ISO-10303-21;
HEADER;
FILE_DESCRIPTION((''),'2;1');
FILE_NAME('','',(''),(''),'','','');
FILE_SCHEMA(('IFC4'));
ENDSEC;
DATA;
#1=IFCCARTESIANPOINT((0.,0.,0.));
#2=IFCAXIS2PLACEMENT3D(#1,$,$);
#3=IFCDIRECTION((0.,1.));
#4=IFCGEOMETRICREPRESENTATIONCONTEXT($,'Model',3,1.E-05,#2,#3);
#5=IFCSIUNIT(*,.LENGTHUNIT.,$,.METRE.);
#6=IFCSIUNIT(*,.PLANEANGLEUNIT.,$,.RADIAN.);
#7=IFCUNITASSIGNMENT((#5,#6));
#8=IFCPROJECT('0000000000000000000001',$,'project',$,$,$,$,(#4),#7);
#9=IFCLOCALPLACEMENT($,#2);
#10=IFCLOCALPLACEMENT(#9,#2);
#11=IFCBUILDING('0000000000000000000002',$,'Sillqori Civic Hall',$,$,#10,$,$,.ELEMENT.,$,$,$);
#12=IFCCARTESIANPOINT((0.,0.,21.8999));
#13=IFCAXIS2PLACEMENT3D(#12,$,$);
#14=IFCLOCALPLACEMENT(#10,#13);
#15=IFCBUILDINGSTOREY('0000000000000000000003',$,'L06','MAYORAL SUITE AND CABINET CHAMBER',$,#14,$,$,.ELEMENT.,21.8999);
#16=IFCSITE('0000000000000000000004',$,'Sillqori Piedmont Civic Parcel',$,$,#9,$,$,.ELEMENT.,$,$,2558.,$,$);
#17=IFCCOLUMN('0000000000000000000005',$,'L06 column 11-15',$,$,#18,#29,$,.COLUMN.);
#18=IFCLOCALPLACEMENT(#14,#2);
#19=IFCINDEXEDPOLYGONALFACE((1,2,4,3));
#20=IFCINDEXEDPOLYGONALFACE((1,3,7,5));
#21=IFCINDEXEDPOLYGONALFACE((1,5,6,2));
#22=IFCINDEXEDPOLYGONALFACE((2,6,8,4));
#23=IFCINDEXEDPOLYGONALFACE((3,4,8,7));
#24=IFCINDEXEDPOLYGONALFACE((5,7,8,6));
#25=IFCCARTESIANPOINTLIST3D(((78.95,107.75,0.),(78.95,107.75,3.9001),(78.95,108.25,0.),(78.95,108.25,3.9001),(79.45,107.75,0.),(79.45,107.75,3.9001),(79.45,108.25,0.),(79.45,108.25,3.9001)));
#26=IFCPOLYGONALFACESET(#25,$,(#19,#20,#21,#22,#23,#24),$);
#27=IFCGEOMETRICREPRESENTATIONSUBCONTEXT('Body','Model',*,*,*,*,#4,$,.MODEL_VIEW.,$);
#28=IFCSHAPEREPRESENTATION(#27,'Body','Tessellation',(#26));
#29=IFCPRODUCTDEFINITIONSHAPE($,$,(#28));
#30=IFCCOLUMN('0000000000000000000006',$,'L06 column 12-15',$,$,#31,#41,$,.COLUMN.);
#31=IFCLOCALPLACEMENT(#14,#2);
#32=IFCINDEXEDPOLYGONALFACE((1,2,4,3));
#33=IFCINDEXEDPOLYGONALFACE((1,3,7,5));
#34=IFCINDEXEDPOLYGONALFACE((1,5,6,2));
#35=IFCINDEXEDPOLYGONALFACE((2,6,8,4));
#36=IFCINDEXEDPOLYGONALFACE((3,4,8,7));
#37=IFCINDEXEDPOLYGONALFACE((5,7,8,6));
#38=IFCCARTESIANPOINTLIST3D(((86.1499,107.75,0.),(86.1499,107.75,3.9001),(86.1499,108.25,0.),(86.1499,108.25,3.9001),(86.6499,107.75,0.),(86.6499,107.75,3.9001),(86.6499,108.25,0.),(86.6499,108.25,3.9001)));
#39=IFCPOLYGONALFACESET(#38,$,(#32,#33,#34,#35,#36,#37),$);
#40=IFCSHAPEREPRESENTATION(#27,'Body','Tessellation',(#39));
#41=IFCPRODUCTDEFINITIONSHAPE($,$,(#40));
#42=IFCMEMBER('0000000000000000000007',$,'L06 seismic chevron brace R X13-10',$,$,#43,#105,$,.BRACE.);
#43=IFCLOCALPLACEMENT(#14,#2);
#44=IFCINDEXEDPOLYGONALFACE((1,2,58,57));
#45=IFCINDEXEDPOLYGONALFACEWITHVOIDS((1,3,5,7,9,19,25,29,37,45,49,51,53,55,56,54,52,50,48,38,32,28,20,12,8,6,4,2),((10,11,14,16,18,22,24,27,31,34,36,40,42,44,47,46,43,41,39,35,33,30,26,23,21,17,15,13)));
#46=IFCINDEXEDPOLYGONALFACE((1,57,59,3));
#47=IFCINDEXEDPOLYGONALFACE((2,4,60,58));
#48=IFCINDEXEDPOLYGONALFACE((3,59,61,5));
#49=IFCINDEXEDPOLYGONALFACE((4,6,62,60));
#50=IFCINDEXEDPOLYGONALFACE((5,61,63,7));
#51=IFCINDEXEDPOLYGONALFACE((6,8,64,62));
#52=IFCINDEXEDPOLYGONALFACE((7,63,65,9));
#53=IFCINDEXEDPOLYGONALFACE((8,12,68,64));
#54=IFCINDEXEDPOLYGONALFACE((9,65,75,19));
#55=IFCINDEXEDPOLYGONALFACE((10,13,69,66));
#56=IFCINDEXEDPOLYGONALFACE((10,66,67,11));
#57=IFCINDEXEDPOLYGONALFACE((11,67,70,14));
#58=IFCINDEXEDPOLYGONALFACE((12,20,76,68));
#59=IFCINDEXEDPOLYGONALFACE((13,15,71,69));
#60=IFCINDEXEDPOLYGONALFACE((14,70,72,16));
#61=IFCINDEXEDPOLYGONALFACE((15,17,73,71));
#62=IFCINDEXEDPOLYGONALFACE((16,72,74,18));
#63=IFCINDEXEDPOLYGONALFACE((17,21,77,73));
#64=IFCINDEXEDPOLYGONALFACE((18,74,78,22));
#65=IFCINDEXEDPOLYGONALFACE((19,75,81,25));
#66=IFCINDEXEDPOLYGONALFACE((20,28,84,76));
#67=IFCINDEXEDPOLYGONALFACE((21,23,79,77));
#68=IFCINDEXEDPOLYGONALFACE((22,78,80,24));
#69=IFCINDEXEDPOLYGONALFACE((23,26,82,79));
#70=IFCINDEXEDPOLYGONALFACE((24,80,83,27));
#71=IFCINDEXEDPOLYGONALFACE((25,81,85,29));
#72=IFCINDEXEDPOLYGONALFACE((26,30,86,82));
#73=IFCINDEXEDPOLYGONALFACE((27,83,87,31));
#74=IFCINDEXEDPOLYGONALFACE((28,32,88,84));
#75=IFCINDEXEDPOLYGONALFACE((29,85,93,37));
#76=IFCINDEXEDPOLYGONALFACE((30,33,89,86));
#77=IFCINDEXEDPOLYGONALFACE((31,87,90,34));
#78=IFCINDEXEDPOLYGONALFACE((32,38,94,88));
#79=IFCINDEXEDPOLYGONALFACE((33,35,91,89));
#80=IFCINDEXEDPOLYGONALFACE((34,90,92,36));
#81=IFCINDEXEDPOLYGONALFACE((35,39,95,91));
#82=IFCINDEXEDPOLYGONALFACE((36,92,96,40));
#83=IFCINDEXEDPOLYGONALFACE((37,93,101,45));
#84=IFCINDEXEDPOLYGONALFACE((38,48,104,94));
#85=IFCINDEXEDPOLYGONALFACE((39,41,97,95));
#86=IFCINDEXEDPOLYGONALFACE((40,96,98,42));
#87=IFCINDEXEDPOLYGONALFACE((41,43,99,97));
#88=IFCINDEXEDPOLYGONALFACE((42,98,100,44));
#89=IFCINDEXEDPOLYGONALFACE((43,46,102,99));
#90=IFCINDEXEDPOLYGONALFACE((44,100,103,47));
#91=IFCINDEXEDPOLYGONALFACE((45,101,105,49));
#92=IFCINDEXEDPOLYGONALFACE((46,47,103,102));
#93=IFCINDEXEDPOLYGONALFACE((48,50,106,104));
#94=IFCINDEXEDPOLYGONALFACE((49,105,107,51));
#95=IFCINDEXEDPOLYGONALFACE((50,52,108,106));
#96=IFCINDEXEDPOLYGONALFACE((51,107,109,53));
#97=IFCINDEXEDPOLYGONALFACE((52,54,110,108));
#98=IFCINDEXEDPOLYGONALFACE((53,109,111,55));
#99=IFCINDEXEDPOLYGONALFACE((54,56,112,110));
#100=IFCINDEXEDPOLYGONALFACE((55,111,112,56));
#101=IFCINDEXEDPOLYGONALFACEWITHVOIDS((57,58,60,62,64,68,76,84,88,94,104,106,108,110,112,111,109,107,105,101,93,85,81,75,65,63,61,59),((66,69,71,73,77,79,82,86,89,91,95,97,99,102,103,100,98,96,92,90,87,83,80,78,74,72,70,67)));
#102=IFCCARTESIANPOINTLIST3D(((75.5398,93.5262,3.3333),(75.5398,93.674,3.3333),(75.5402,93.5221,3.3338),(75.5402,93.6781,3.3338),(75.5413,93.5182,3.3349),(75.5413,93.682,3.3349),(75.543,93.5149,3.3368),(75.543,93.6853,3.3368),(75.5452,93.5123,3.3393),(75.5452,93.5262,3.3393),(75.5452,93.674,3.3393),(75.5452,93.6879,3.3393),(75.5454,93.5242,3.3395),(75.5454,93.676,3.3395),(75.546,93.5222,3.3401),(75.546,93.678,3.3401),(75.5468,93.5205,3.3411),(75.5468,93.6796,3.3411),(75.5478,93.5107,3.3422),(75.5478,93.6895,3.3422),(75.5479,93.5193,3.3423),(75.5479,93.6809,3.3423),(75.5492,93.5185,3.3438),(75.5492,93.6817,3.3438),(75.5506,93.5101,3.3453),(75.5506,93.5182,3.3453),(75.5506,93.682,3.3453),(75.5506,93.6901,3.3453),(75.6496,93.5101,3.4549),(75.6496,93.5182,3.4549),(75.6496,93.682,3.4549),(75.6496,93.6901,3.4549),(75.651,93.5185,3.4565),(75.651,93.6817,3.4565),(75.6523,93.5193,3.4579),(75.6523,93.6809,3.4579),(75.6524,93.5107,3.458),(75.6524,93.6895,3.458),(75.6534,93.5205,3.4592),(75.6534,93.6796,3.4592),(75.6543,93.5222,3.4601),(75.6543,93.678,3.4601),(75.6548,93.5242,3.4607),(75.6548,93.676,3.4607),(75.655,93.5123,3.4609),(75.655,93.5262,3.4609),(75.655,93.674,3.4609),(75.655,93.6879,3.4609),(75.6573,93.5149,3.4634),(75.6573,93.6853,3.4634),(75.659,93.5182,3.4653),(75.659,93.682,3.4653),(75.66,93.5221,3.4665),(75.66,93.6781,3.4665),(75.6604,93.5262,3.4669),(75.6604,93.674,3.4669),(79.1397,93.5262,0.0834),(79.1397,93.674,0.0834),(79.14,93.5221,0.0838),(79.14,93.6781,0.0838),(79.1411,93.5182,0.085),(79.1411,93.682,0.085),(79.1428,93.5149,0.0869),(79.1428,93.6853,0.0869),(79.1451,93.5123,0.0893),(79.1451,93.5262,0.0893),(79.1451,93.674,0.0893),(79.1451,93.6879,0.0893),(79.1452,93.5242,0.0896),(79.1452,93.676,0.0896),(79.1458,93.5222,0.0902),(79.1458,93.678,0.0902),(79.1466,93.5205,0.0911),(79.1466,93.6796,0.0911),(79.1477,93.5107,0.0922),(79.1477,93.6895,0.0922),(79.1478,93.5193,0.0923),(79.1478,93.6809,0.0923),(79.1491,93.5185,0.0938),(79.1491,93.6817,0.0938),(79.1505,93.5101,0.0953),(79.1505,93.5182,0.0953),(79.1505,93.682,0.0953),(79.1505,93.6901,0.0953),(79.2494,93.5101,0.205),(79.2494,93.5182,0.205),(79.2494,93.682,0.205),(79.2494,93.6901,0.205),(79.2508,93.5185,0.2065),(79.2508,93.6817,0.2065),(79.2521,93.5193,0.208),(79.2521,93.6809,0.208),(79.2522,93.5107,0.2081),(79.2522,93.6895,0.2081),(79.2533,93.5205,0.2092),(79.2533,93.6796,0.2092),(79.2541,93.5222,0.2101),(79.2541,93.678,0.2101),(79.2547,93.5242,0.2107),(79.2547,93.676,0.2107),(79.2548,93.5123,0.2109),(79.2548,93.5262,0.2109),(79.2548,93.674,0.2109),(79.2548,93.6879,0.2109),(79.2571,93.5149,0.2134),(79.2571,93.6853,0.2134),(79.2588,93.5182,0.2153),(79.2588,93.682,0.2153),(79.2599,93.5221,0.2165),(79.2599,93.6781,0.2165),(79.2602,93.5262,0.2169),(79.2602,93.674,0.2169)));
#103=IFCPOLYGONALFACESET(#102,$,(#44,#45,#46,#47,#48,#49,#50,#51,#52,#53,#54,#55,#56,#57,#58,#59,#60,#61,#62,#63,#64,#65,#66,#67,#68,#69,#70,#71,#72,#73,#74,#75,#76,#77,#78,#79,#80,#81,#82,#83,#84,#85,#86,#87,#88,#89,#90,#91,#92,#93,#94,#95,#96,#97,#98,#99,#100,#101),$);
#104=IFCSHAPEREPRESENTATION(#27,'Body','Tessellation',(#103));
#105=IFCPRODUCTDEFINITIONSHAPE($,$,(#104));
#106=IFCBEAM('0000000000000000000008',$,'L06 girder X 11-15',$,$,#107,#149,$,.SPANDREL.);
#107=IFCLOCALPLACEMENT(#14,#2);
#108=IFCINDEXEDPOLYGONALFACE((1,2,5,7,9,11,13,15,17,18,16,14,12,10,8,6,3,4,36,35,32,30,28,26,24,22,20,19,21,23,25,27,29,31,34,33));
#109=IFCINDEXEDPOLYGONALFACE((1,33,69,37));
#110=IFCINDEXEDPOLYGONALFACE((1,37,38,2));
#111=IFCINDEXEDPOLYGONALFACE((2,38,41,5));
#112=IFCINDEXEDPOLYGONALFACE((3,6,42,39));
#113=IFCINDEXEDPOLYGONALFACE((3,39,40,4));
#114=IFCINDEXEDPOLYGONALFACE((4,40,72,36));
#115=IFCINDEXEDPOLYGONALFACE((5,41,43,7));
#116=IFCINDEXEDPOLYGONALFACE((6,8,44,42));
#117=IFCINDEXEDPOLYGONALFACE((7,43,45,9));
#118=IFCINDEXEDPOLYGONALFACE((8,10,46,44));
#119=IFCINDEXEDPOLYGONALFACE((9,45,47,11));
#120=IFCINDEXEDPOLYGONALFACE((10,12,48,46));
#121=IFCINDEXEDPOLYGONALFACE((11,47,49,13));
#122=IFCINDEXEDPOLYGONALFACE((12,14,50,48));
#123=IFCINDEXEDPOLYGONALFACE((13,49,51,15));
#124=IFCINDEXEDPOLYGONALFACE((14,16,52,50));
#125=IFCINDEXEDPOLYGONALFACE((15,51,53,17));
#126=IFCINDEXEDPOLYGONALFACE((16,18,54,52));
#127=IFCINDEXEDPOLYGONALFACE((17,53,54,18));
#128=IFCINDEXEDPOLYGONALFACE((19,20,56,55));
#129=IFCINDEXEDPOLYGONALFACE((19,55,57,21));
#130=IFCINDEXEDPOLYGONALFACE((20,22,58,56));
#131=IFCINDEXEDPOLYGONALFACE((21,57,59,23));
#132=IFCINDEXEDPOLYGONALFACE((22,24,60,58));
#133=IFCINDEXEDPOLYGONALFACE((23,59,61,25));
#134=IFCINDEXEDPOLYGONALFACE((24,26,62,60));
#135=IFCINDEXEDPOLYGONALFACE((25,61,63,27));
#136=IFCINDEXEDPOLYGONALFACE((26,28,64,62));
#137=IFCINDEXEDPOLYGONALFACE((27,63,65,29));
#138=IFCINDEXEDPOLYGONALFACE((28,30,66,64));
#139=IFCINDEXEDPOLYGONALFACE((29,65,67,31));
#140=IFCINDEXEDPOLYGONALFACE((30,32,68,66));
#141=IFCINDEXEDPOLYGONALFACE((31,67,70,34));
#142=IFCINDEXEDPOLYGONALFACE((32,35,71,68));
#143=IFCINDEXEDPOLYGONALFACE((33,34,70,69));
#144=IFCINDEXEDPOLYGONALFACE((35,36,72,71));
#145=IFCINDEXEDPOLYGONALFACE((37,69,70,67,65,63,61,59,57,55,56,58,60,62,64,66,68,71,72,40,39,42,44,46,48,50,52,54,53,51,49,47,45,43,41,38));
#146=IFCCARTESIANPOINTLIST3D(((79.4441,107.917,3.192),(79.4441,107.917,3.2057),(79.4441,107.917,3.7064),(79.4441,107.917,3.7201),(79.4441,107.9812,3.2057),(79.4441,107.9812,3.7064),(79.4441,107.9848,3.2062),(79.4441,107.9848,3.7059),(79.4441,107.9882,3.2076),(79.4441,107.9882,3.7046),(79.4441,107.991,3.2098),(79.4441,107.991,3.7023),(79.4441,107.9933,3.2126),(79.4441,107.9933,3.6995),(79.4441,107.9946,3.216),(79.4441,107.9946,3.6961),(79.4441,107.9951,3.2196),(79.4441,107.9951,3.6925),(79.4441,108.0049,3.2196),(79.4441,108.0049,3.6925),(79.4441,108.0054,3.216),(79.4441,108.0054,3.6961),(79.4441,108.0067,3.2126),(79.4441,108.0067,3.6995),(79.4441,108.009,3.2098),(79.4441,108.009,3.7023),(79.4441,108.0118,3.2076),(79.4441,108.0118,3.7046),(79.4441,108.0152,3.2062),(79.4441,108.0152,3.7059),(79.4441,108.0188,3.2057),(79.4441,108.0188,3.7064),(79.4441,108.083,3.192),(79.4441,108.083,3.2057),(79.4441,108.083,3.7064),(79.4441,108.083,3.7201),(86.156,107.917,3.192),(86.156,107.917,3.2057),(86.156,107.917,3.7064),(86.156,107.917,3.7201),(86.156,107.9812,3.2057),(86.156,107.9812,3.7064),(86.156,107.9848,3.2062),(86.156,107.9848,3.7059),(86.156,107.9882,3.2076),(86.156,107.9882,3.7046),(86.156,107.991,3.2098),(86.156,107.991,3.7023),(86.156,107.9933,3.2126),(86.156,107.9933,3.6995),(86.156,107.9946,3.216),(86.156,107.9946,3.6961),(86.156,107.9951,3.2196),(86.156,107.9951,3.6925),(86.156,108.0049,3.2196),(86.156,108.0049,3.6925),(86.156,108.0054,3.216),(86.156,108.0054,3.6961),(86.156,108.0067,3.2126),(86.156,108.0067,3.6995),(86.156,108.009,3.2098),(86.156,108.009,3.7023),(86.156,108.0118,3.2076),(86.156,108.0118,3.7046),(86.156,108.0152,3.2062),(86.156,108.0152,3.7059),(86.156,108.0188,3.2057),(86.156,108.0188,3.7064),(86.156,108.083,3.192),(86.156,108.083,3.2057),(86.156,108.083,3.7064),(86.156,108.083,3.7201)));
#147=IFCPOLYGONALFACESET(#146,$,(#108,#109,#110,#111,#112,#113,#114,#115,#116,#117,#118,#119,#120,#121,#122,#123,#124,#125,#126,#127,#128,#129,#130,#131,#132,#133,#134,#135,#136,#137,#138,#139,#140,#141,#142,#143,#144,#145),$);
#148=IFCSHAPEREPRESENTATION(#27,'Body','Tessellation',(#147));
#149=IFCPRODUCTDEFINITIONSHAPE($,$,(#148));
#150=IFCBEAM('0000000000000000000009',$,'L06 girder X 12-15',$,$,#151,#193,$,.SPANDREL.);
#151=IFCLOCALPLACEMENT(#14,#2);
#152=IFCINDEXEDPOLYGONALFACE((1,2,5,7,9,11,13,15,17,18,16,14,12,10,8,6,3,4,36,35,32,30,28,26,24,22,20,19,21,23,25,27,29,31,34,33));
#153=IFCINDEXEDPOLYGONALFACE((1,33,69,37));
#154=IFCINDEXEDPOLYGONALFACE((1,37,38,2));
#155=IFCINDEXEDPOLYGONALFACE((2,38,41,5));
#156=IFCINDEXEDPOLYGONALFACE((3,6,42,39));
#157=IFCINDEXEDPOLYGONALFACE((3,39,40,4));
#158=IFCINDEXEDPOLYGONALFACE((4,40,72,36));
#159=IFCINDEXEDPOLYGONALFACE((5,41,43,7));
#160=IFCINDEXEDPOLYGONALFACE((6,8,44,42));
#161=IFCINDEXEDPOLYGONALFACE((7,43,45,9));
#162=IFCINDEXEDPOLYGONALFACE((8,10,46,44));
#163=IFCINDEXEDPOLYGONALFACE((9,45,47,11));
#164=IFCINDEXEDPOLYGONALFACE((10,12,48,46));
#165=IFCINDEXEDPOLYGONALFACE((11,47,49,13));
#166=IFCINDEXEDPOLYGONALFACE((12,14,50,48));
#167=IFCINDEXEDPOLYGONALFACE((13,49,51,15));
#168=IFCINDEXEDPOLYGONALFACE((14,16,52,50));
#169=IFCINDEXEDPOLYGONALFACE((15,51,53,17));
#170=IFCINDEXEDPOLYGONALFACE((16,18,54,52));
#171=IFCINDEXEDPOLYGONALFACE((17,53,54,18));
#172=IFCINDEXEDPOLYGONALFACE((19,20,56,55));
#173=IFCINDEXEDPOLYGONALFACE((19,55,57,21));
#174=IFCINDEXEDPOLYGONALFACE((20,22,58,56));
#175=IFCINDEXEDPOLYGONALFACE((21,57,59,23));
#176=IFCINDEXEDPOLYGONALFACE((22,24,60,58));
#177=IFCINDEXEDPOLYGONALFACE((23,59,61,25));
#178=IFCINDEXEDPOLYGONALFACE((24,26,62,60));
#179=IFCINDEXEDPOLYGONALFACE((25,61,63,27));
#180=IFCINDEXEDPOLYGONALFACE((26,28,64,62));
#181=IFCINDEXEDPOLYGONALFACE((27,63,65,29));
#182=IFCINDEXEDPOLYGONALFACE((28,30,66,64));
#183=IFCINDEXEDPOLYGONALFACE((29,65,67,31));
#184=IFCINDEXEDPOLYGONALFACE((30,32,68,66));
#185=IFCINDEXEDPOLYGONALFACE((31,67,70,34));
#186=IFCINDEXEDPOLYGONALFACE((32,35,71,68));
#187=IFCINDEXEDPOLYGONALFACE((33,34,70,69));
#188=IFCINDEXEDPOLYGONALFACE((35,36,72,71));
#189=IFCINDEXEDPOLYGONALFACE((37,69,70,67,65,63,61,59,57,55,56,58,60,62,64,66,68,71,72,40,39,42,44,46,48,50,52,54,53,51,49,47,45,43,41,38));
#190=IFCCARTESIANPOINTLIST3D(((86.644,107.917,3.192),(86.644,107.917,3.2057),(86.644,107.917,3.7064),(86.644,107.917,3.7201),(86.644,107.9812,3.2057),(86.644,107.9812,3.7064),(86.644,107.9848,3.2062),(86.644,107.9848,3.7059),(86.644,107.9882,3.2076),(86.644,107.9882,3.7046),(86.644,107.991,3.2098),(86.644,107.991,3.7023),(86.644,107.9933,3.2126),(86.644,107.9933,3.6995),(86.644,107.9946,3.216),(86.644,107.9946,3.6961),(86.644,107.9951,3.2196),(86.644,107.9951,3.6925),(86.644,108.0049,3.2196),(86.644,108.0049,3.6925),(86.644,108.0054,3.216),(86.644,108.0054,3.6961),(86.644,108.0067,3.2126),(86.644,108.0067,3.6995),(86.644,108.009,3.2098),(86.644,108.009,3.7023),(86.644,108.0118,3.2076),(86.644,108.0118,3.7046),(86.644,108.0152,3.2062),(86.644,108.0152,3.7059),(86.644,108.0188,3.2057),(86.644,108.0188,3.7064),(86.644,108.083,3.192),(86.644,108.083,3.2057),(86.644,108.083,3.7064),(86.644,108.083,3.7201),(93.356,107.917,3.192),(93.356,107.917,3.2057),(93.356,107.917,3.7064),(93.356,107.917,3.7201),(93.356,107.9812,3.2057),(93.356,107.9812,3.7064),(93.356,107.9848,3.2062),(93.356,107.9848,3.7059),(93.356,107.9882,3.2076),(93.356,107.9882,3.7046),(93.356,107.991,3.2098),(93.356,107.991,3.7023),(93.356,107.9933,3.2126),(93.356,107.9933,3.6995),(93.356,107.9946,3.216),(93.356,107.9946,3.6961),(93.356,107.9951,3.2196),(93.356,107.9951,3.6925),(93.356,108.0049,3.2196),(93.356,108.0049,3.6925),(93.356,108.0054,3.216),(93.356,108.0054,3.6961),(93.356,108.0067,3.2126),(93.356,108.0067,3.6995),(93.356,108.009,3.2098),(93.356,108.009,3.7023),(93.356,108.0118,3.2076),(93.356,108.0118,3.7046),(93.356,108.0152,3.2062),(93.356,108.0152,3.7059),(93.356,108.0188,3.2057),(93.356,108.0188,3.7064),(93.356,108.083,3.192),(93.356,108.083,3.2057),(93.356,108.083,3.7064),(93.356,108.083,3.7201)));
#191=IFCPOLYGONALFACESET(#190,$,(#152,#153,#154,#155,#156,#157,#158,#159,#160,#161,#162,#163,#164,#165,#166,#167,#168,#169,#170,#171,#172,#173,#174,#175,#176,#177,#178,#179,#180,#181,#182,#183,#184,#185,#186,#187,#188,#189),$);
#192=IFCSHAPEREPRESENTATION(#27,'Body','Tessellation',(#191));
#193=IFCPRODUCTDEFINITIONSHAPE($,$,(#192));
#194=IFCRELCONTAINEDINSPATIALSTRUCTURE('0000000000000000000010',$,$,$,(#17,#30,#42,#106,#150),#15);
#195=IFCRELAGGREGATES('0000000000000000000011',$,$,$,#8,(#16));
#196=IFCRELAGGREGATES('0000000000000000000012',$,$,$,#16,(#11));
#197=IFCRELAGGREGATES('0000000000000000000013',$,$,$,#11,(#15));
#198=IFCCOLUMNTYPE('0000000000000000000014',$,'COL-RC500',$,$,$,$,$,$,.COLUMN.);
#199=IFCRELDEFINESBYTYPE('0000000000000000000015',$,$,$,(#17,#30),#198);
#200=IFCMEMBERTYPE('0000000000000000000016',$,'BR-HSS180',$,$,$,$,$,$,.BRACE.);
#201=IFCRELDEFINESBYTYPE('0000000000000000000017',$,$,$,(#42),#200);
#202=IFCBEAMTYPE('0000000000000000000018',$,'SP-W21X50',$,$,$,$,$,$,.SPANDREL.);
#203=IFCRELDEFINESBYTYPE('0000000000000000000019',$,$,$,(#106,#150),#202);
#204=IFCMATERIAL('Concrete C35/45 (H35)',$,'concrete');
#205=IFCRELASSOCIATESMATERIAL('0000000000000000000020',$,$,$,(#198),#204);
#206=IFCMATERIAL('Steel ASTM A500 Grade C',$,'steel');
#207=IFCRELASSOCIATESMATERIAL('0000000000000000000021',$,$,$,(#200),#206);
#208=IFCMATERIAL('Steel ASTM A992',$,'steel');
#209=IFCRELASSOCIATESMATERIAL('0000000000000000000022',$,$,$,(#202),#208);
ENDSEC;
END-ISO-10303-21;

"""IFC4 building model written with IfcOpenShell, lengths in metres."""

from ifc_helpers import new_model, si_unit, direction, frame, origin, origin_2d, place, context, subcontext, project, spatial, rectangle, hollow_rectangle, i_section, extrude, material, material_profile, profile_set, type_object, element, save


model = new_model("IFC4")

# Units and contexts
model_context = context("Model", 3, precision=1e-05, world=origin(), true_north=direction((0.0, 1.0)))
body_context = subcontext(model_context, "Body", "Model", "MODEL_VIEW")
ifc_project = project(units=[si_unit("LENGTHUNIT", "METRE"), si_unit("PLANEANGLEUNIT", "RADIAN")], contexts=[model_context])

# Site, building, storey
site_placement = place(None, origin())
site = spatial("IfcSite", under=ifc_project, at=site_placement, Name="Sillqori Piedmont Civic Parcel", CompositionType="ELEMENT", RefElevation=2558.0)
building_placement = place(site_placement, origin())
building = spatial("IfcBuilding", under=site, at=building_placement, Name="Sillqori Civic Hall", CompositionType="ELEMENT")
storey_placement = place(building_placement, frame((0.0, 0.0, 21.8999)))
storey = spatial("IfcBuildingStorey", under=building, at=storey_placement, Name="L06", Description="MAYORAL SUITE AND CABINET CHAMBER", CompositionType="ELEMENT", Elevation=21.8999)

# Columns
ifc_material_1 = material(Name="Concrete C35/45 (H35)", Category="concrete")
ifc_material_profile_1 = material_profile(ifc_material_1, rectangle(XDim=0.5, YDim=0.5, at=origin_2d()), Name="RC 500x500")
ifc_profile_set_1 = profile_set([ifc_material_profile_1], Name="Concrete C35/45 (H35)")
column_type = type_object("IfcColumnType", Name="COL-RC500", PredefinedType="COLUMN", material=ifc_profile_set_1)
for number, where, z_axis, x_axis, name in (
    (1, (79.2, 108.0, 0.0), (0.0, 0.0, 1.0), (1.0, 0.0, 0.0), "L06 column 11-15"),
    (2, (86.3999, 108.0, 0.0), (0.0, 0.0, 1.0), (1.0, 0.0, 0.0), "L06 column 12-15"),
):
    element("IfcColumn", number, at=place(storey_placement, frame(where, z_axis=z_axis, x_axis=x_axis)), inside=storey, type_object=column_type, Name=name, PredefinedType="COLUMN", context=body_context, shape_type="SweptSolid", body=[
        extrude(rectangle(XDim=0.5, YDim=0.5, at=origin_2d()), origin(), (0.0, 0.0, 1.0), 3.9001),
    ])

# Member
ifc_material_2 = material(Name="Steel ASTM A500 Grade C", Category="steel")
ifc_material_profile_2 = material_profile(ifc_material_2, hollow_rectangle(XDim=0.1799, YDim=0.1799, WallThickness=0.0081, InnerFilletRadius=0.0081, OuterFilletRadius=0.0161, at=origin_2d()), Name="HSS180X180X8")
ifc_profile_set_2 = profile_set([ifc_material_profile_2], Name="Steel ASTM A500 Grade C")
member_type_1 = type_object("IfcMemberType", Name="BR-HSS180", PredefinedType="BRACE", material=ifc_profile_set_2)
member_1_placement = place(storey_placement, frame((79.2, 93.6001, 0.1501), z_axis=(-0.742254, 0.0, 0.670118), x_axis=(0.0, -1.0, 0.0)))
element("IfcMember", 3, at=member_1_placement, inside=storey, type_object=member_type_1, Name="L06 seismic chevron brace R X13-10", PredefinedType="BRACE", context=body_context, shape_type="SweptSolid", body=[
    extrude(hollow_rectangle(XDim=0.1799, YDim=0.1799, WallThickness=0.0081, InnerFilletRadius=0.0081, OuterFilletRadius=0.0161, at=origin_2d()), origin(), (0.0, 0.0, 1.0), 4.8499),
])

# Beams
ifc_material_3 = material(Name="Steel ASTM A992", Category="steel")
ifc_material_profile_3 = material_profile(ifc_material_3, i_section(OverallWidth=0.166, OverallDepth=0.5281, WebThickness=0.0098, FlangeThickness=0.0137, FilletRadius=0.0139, at=origin_2d()), Name="W21X50")
ifc_profile_set_3 = profile_set([ifc_material_profile_3], Name="Steel ASTM A992")
beam_type = type_object("IfcBeamType", Name="SP-W21X50", PredefinedType="SPANDREL", material=ifc_profile_set_3)
for number, where, z_axis, x_axis, name in (
    (4, (79.4441, 108.0, 3.4561), (1.0, 0.0, 0.0), (0.0, 1.0, 0.0), "L06 girder X 11-15"),
    (5, (86.644, 108.0, 3.4561), (1.0, 0.0, 0.0), (0.0, 1.0, 0.0), "L06 girder X 12-15"),
):
    element("IfcBeam", number, at=place(storey_placement, frame(where, z_axis=z_axis, x_axis=x_axis)), inside=storey, type_object=beam_type, Name=name, PredefinedType="SPANDREL", context=body_context, shape_type="SweptSolid", body=[
        extrude(i_section(OverallWidth=0.166, OverallDepth=0.5281, WebThickness=0.0098, FlangeThickness=0.0137, FilletRadius=0.0139, at=origin_2d()), origin(), (0.0, 0.0, 1.0), 6.7119),
    ])

save(model, "model.ifc")
